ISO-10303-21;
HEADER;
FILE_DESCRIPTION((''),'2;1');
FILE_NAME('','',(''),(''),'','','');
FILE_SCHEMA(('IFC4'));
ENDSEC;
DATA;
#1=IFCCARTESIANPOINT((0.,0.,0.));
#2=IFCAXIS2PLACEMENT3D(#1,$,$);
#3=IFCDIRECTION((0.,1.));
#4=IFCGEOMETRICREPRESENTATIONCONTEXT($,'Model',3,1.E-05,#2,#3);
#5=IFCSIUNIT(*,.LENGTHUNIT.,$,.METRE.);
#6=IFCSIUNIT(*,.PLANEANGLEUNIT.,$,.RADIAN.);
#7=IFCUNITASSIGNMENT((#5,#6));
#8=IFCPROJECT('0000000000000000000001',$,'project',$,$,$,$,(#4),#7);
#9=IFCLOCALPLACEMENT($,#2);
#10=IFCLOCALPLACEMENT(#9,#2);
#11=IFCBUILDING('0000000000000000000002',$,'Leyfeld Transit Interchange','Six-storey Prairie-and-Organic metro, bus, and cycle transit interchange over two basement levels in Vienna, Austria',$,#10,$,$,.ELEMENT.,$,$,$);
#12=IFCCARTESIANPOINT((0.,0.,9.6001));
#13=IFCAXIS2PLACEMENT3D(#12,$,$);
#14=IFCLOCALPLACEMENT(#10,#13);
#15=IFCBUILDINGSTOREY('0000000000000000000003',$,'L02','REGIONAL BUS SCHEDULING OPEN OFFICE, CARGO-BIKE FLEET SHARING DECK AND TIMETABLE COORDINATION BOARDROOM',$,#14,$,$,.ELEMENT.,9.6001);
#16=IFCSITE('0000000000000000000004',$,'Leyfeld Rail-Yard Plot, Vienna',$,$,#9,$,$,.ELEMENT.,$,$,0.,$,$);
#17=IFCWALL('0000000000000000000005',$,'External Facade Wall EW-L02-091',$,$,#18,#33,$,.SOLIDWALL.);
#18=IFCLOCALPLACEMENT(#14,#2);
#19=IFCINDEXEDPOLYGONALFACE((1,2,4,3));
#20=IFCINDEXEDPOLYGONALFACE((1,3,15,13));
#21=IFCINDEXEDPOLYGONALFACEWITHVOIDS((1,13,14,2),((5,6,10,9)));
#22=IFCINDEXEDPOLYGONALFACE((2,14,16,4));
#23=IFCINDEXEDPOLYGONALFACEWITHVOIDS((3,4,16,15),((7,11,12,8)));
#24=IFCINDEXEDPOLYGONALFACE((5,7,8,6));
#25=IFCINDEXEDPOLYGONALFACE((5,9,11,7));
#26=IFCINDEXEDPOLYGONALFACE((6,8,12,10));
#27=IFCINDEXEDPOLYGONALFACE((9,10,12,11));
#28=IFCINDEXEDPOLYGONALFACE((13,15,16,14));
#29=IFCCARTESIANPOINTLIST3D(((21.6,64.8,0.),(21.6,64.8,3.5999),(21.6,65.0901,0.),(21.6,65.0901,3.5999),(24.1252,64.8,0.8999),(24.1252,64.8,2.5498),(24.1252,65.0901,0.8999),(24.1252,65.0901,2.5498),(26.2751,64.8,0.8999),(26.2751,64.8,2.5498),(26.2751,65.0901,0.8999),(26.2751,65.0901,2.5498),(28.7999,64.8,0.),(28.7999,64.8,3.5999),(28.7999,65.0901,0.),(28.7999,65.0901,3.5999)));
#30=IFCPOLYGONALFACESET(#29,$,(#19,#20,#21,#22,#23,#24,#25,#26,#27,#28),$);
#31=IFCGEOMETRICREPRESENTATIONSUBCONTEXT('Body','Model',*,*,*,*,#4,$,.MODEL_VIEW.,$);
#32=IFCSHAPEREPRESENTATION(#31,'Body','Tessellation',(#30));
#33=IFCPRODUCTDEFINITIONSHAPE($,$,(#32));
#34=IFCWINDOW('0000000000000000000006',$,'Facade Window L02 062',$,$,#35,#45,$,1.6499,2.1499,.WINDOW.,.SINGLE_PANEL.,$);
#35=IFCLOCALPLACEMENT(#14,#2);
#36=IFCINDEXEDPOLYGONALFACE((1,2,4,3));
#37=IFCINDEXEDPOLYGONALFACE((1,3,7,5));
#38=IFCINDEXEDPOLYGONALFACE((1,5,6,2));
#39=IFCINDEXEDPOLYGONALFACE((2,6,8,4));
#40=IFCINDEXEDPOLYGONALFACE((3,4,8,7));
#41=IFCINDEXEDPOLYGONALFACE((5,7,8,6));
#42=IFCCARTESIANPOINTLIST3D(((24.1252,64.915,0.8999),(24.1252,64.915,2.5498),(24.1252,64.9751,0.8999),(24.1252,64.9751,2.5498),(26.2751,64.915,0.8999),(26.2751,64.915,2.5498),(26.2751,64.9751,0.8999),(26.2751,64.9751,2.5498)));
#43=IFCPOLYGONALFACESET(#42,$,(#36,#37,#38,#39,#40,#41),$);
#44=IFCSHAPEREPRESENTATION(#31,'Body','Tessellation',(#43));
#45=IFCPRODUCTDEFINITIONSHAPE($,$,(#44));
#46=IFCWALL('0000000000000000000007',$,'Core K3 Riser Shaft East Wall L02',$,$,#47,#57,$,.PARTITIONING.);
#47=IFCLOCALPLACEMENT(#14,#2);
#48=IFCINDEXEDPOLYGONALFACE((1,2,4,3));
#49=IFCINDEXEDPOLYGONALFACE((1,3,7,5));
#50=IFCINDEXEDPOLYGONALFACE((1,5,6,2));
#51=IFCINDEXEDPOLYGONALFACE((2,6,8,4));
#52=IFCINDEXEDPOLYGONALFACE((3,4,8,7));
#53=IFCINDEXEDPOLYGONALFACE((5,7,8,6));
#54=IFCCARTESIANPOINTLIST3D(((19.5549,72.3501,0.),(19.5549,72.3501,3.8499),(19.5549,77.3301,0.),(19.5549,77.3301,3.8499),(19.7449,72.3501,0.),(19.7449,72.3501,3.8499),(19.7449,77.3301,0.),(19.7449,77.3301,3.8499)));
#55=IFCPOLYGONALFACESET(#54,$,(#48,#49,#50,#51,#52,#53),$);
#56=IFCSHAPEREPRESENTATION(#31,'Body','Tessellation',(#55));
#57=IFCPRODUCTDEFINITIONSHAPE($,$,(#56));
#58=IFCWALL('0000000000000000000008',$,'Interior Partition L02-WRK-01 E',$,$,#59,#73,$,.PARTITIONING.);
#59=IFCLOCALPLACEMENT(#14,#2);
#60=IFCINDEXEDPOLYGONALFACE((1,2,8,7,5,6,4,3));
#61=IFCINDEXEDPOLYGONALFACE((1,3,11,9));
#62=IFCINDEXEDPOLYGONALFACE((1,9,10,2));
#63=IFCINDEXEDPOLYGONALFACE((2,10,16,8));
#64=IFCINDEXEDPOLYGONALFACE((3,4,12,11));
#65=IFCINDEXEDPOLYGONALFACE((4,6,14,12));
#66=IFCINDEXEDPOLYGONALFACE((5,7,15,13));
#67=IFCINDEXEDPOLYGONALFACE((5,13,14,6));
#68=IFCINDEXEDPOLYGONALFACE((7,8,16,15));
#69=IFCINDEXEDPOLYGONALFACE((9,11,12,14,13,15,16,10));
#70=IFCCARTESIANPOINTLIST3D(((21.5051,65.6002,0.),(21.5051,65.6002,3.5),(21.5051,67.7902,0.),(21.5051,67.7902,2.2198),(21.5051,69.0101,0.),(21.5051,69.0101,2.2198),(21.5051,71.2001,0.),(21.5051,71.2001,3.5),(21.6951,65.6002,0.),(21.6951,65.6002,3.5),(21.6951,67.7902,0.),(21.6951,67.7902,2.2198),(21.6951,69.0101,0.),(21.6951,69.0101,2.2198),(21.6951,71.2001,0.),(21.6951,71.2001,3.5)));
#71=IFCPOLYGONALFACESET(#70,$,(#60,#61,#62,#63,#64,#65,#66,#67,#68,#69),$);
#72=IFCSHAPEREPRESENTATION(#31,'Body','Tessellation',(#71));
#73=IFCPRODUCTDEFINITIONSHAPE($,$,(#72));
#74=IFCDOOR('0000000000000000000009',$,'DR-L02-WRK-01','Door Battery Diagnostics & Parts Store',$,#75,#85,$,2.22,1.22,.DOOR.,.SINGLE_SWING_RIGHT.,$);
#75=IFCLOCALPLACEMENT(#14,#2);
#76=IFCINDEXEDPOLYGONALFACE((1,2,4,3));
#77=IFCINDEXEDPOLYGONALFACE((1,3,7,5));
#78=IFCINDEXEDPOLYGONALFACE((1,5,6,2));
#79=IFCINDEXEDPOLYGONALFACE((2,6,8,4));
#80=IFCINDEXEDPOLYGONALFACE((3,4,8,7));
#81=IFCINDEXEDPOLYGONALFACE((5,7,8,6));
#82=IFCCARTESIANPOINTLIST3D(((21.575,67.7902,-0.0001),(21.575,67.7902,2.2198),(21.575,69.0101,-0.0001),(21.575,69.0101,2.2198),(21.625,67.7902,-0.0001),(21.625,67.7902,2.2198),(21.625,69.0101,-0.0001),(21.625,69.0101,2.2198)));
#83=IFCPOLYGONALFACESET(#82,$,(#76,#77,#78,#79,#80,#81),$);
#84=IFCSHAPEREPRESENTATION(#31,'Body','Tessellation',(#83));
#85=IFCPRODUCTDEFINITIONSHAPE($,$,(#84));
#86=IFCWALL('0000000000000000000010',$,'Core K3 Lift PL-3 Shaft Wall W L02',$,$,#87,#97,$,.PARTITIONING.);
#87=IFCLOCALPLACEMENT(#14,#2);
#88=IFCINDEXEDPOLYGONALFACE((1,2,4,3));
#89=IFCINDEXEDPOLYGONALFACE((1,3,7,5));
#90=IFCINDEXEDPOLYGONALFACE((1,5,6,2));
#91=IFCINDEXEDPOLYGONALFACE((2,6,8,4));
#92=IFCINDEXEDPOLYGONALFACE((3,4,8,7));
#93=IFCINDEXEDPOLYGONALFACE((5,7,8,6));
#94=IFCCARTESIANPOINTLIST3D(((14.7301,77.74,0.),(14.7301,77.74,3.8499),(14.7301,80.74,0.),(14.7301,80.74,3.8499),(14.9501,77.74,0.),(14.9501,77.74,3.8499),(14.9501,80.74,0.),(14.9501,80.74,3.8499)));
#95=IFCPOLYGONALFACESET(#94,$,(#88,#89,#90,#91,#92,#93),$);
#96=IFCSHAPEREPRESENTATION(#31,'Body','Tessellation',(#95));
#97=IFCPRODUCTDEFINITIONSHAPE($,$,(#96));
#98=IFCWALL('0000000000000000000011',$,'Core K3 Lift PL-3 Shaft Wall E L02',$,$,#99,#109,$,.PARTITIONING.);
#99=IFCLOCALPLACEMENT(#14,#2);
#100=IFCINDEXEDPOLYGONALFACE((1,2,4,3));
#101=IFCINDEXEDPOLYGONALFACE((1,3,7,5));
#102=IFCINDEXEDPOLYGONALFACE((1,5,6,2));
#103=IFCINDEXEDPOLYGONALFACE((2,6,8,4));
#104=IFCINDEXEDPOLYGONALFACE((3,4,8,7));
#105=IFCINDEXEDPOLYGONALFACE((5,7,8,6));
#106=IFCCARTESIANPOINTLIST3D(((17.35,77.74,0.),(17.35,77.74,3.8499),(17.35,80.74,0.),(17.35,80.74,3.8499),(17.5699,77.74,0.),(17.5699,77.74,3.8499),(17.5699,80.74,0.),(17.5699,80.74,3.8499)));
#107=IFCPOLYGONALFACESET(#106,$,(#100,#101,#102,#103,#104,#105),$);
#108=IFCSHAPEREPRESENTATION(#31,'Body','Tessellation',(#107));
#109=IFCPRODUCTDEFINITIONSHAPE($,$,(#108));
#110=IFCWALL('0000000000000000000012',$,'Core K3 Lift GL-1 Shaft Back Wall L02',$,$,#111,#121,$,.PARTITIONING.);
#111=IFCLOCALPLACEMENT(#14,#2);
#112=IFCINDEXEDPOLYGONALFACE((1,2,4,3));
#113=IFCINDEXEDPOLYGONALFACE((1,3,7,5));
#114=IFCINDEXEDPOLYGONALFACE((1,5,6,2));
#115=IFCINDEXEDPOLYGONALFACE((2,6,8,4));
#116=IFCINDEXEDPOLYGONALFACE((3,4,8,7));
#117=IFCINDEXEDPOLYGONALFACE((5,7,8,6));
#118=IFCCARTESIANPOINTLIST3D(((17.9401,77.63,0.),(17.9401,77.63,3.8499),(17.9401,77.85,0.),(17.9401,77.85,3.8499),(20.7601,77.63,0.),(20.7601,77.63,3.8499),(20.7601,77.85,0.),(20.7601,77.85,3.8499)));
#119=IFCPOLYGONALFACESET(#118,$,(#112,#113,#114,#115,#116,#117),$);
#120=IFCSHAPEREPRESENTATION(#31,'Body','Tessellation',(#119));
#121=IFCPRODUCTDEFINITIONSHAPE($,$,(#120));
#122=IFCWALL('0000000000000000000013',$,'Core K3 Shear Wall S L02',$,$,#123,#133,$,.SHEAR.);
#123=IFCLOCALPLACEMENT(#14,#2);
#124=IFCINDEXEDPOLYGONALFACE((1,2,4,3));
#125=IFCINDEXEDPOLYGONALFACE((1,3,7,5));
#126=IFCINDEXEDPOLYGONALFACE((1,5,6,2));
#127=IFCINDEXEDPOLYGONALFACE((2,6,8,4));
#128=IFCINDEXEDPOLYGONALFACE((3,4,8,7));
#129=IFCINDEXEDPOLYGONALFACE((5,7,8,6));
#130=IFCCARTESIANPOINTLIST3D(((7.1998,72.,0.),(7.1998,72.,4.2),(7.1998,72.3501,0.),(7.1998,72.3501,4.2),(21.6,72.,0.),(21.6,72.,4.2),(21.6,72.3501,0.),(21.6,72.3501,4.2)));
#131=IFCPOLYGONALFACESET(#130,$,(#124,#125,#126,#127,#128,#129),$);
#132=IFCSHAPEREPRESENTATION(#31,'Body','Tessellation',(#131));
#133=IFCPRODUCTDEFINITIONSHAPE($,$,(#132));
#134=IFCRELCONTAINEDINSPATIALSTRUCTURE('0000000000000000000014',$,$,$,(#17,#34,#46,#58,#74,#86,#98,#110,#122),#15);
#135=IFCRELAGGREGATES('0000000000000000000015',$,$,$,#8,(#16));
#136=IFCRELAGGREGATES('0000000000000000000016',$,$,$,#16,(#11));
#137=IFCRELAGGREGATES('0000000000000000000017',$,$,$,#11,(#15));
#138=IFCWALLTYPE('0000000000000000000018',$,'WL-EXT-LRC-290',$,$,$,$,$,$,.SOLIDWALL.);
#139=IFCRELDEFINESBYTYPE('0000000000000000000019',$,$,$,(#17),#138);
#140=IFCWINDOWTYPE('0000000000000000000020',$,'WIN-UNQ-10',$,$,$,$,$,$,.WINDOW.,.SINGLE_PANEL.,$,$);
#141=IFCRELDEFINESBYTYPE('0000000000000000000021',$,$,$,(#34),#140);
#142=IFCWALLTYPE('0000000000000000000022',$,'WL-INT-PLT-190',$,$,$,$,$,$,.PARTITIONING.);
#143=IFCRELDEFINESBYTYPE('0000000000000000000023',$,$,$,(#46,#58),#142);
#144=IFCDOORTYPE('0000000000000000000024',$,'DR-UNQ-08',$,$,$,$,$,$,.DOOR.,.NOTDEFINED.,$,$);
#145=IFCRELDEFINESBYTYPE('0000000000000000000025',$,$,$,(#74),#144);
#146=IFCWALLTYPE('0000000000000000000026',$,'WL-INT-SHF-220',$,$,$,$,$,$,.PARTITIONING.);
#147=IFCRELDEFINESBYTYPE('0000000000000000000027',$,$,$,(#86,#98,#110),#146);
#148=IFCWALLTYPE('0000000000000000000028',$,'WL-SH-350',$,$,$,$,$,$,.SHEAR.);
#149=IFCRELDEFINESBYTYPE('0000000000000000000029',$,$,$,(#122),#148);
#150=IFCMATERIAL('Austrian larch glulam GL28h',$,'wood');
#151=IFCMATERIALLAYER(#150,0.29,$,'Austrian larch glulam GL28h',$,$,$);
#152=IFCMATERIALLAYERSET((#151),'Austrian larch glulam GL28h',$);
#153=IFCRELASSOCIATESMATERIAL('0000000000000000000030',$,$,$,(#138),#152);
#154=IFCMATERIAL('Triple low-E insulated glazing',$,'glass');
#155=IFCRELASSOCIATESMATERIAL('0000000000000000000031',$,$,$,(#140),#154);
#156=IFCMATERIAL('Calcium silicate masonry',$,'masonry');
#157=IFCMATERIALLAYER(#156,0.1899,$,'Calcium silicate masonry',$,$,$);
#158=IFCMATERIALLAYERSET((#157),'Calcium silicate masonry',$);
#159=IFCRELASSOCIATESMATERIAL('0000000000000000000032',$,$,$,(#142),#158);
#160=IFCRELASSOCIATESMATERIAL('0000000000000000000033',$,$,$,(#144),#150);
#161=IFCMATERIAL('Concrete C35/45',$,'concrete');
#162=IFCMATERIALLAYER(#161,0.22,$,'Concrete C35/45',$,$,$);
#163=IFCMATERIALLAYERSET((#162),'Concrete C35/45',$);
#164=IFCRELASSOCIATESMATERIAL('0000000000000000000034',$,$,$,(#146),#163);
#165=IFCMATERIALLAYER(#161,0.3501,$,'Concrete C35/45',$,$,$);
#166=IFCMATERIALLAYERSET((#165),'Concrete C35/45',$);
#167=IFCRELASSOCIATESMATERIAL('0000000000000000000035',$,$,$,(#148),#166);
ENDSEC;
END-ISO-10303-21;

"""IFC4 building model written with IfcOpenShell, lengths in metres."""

from ifc_helpers import new_model, si_unit, direction, frame, frame_2d, origin, place, context, subcontext, project, spatial, rectangle, extrude, material, layer, layer_set, type_object, element, fill, save


model = new_model("IFC4")

# Units and contexts
model_context = context("Model", 3, precision=1e-05, world=origin(), true_north=direction((0.0, 1.0)))
body_context = subcontext(model_context, "Body", "Model", "MODEL_VIEW")
ifc_project = project(units=[si_unit("LENGTHUNIT", "METRE"), si_unit("PLANEANGLEUNIT", "RADIAN")], contexts=[model_context])

# Site, building, storey
site_placement = place(None, origin())
site = spatial("IfcSite", under=ifc_project, at=site_placement, Name="Leyfeld Rail-Yard Plot, Vienna", CompositionType="ELEMENT", RefElevation=0.0)
building_placement = place(site_placement, origin())
building = spatial("IfcBuilding", under=site, at=building_placement, Name="Leyfeld Transit Interchange", Description="Six-storey Prairie-and-Organic metro, bus, and cycle transit interchange over two basement levels in Vienna, Austria", CompositionType="ELEMENT")
storey_placement = place(building_placement, frame((0.0, 0.0, 9.6001)))
storey = spatial("IfcBuildingStorey", under=building, at=storey_placement, Name="L02", Description="REGIONAL BUS SCHEDULING OPEN OFFICE, CARGO-BIKE FLEET SHARING DECK AND TIMETABLE COORDINATION BOARDROOM", CompositionType="ELEMENT", Elevation=9.6001)

# Shared definitions
ifc_material_1 = material(Name="Concrete C35/45", Category="concrete")

# Shared definitions
ifc_material_2 = material(Name="Triple low-E insulated glazing", Category="glass")

# Wall, opening, window
ifc_material_3 = material(Name="Austrian larch glulam GL28h", Category="wood")
ifc_layer_1 = layer(ifc_material_3, 0.29, Name="Austrian larch glulam GL28h")
ifc_layer_set_1 = layer_set([ifc_layer_1], Name="Austrian larch glulam GL28h")
wall_type_1 = type_object("IfcWallType", Name="WL-EXT-LRC-290", PredefinedType="SOLIDWALL", material=ifc_layer_set_1)
wall_1_placement = place(storey_placement, frame((28.8, 64.9451, 0.0), z_axis=(0.0, 0.0, 1.0), x_axis=(-1.0, 0.0, 0.0)))
wall_1 = element("IfcWall", 1, at=wall_1_placement, inside=storey, type_object=wall_type_1, Name="External Facade Wall EW-L02-091", PredefinedType="SOLIDWALL", context=body_context, shape_type="SweptSolid", body=[
    extrude(rectangle(XDim=7.2, YDim=0.29, at=frame_2d((3.6001, 0.0))), origin(), (0.0, 0.0, 1.0), 3.5999),
])
opening_1_placement = place(wall_1_placement, frame((2.5249, 0.0, 0.8999)))
opening_1 = element("IfcOpeningElement", 2, at=opening_1_placement, cuts=wall_1, PredefinedType="OPENING", context=body_context, shape_type="SweptSolid", body=[
    extrude(rectangle(XDim=2.1499, YDim=1.6499, at=frame_2d((1.075, 0.825))), frame((0.0, 0.155, 0.0), z_axis=(0.0, -1.0, 0.0), x_axis=(1.0, 0.0, 0.0)), (0.0, 0.0, 1.0), 0.3101),
])
window_type = type_object("IfcWindowType", Name="WIN-UNQ-10", PartitioningType="SINGLE_PANEL", PredefinedType="WINDOW", material=ifc_material_2)
window_placement = place(opening_1_placement, origin())
window = element("IfcWindow", 3, at=window_placement, inside=storey, type_object=window_type, Name="Facade Window L02 062", OverallHeight=1.6499, OverallWidth=2.1499, PartitioningType="SINGLE_PANEL", PredefinedType="WINDOW", context=body_context, shape_type="SweptSolid", body=[
    extrude(rectangle(XDim=2.1499, YDim=1.6499, at=frame_2d((1.075, 0.825))), frame((0.0, 0.03, 0.0), z_axis=(0.0, -1.0, 0.0), x_axis=(1.0, 0.0, 0.0)), (0.0, 0.0, 1.0), 0.0601),
])
fill(opening_1, window)

# Wall
ifc_material_4 = material(Name="Calcium silicate masonry", Category="masonry")
ifc_layer_2 = layer(ifc_material_4, 0.1899, Name="Calcium silicate masonry")
ifc_layer_set_2 = layer_set([ifc_layer_2], Name="Calcium silicate masonry")
wall_type_2 = type_object("IfcWallType", Name="WL-INT-PLT-190", PredefinedType="PARTITIONING", material=ifc_layer_set_2)
wall_2_placement = place(storey_placement, frame((19.6499, 72.3501, 0.0), z_axis=(0.0, 0.0, 1.0), x_axis=(0.0, 1.0, 0.0)))
element("IfcWall", 4, at=wall_2_placement, inside=storey, type_object=wall_type_2, Name="Core K3 Riser Shaft East Wall L02", PredefinedType="PARTITIONING", context=body_context, shape_type="SweptSolid", body=[
    extrude(rectangle(XDim=4.98, YDim=0.1899, at=frame_2d((2.49, 0.0))), origin(), (0.0, 0.0, 1.0), 3.8499),
])

# Wall, opening, door
wall_3_placement = place(storey_placement, frame((21.6001, 71.2, 0.0), z_axis=(0.0, 0.0, 1.0), x_axis=(0.0, -1.0, 0.0)))
wall_3 = element("IfcWall", 5, at=wall_3_placement, inside=storey, type_object=wall_type_2, Name="Interior Partition L02-WRK-01 E", PredefinedType="PARTITIONING", context=body_context, shape_type="SweptSolid", body=[
    extrude(rectangle(XDim=5.5999, YDim=0.1899, at=frame_2d((2.7998, 0.0))), origin(), (0.0, 0.0, 1.0), 3.5),
])
opening_2_placement = place(wall_3_placement, frame((2.1899, 0.0, 0.0)))
opening_2 = element("IfcOpeningElement", 6, at=opening_2_placement, cuts=wall_3, PredefinedType="OPENING", context=body_context, shape_type="SweptSolid", body=[
    extrude(rectangle(XDim=1.22, YDim=2.22, at=frame_2d((0.6099, 1.1099))), frame((0.0, 0.105, 0.0), z_axis=(0.0, -1.0, 0.0), x_axis=(1.0, 0.0, 0.0)), (0.0, 0.0, 1.0), 0.21),
])
door_type = type_object("IfcDoorType", Name="DR-UNQ-08", OperationType="NOTDEFINED", PredefinedType="DOOR", material=ifc_material_3)
door_placement = place(opening_2_placement, origin())
door = element("IfcDoor", 7, at=door_placement, inside=storey, type_object=door_type, Name="DR-L02-WRK-01", Description="Door Battery Diagnostics & Parts Store", OperationType="SINGLE_SWING_RIGHT", OverallHeight=2.22, OverallWidth=1.22, PredefinedType="DOOR", context=body_context, shape_type="SweptSolid", body=[
    extrude(rectangle(XDim=1.22, YDim=2.22, at=frame_2d((0.6099, 1.1099))), frame((0.0, 0.0249, 0.0), z_axis=(0.0, -1.0, 0.0), x_axis=(1.0, 0.0, 0.0)), (0.0, 0.0, 1.0), 0.05),
])
fill(opening_2, door)

# Walls
ifc_layer_3 = layer(ifc_material_1, 0.22, Name="Concrete C35/45")
ifc_layer_set_3 = layer_set([ifc_layer_3], Name="Concrete C35/45")
wall_type_3 = type_object("IfcWallType", Name="WL-INT-SHF-220", PredefinedType="PARTITIONING", material=ifc_layer_set_3)
for number, where, z_axis, x_axis, name in (
    (8, (14.8401, 77.74, 0.0), (0.0, 0.0, 1.0), (0.0, 1.0, 0.0), "Core K3 Lift PL-3 Shaft Wall W L02"),
    (9, (17.46, 77.74, 0.0), (0.0, 0.0, 1.0), (0.0, 1.0, 0.0), "Core K3 Lift PL-3 Shaft Wall E L02"),
):
    element("IfcWall", number, at=place(storey_placement, frame(where, z_axis=z_axis, x_axis=x_axis)), inside=storey, type_object=wall_type_3, Name=name, PredefinedType="PARTITIONING", context=body_context, shape_type="SweptSolid", body=[
        extrude(rectangle(XDim=3.0, YDim=0.22, at=frame_2d((1.5, 0.0))), origin(), (0.0, 0.0, 1.0), 3.8499),
    ])
wall_4_placement = place(storey_placement, frame((17.9399, 77.74, 0.0), z_axis=(0.0, 0.0, 1.0), x_axis=(1.0, 0.0, 0.0)))
element("IfcWall", 10, at=wall_4_placement, inside=storey, type_object=wall_type_3, Name="Core K3 Lift GL-1 Shaft Back Wall L02", PredefinedType="PARTITIONING", context=body_context, shape_type="SweptSolid", body=[
    extrude(rectangle(XDim=2.8201, YDim=0.22, at=frame_2d((1.4102, 0.0))), origin(), (0.0, 0.0, 1.0), 3.8499),
])
ifc_layer_4 = layer(ifc_material_1, 0.3501, Name="Concrete C35/45")
ifc_layer_set_4 = layer_set([ifc_layer_4], Name="Concrete C35/45")
wall_type_4 = type_object("IfcWallType", Name="WL-SH-350", PredefinedType="SHEAR", material=ifc_layer_set_4)
wall_5_placement = place(storey_placement, frame((21.6001, 72.175, 0.0), z_axis=(0.0, 0.0, 1.0), x_axis=(-1.0, 0.0, 0.0)))
element("IfcWall", 11, at=wall_5_placement, inside=storey, type_object=wall_type_4, Name="Core K3 Shear Wall S L02", PredefinedType="SHEAR", context=body_context, shape_type="SweptSolid", body=[
    extrude(rectangle(XDim=14.4001, YDim=0.3501, at=frame_2d((7.2002, 0.0))), origin(), (0.0, 0.0, 1.0), 4.2),
])

save(model, "model.ifc")
